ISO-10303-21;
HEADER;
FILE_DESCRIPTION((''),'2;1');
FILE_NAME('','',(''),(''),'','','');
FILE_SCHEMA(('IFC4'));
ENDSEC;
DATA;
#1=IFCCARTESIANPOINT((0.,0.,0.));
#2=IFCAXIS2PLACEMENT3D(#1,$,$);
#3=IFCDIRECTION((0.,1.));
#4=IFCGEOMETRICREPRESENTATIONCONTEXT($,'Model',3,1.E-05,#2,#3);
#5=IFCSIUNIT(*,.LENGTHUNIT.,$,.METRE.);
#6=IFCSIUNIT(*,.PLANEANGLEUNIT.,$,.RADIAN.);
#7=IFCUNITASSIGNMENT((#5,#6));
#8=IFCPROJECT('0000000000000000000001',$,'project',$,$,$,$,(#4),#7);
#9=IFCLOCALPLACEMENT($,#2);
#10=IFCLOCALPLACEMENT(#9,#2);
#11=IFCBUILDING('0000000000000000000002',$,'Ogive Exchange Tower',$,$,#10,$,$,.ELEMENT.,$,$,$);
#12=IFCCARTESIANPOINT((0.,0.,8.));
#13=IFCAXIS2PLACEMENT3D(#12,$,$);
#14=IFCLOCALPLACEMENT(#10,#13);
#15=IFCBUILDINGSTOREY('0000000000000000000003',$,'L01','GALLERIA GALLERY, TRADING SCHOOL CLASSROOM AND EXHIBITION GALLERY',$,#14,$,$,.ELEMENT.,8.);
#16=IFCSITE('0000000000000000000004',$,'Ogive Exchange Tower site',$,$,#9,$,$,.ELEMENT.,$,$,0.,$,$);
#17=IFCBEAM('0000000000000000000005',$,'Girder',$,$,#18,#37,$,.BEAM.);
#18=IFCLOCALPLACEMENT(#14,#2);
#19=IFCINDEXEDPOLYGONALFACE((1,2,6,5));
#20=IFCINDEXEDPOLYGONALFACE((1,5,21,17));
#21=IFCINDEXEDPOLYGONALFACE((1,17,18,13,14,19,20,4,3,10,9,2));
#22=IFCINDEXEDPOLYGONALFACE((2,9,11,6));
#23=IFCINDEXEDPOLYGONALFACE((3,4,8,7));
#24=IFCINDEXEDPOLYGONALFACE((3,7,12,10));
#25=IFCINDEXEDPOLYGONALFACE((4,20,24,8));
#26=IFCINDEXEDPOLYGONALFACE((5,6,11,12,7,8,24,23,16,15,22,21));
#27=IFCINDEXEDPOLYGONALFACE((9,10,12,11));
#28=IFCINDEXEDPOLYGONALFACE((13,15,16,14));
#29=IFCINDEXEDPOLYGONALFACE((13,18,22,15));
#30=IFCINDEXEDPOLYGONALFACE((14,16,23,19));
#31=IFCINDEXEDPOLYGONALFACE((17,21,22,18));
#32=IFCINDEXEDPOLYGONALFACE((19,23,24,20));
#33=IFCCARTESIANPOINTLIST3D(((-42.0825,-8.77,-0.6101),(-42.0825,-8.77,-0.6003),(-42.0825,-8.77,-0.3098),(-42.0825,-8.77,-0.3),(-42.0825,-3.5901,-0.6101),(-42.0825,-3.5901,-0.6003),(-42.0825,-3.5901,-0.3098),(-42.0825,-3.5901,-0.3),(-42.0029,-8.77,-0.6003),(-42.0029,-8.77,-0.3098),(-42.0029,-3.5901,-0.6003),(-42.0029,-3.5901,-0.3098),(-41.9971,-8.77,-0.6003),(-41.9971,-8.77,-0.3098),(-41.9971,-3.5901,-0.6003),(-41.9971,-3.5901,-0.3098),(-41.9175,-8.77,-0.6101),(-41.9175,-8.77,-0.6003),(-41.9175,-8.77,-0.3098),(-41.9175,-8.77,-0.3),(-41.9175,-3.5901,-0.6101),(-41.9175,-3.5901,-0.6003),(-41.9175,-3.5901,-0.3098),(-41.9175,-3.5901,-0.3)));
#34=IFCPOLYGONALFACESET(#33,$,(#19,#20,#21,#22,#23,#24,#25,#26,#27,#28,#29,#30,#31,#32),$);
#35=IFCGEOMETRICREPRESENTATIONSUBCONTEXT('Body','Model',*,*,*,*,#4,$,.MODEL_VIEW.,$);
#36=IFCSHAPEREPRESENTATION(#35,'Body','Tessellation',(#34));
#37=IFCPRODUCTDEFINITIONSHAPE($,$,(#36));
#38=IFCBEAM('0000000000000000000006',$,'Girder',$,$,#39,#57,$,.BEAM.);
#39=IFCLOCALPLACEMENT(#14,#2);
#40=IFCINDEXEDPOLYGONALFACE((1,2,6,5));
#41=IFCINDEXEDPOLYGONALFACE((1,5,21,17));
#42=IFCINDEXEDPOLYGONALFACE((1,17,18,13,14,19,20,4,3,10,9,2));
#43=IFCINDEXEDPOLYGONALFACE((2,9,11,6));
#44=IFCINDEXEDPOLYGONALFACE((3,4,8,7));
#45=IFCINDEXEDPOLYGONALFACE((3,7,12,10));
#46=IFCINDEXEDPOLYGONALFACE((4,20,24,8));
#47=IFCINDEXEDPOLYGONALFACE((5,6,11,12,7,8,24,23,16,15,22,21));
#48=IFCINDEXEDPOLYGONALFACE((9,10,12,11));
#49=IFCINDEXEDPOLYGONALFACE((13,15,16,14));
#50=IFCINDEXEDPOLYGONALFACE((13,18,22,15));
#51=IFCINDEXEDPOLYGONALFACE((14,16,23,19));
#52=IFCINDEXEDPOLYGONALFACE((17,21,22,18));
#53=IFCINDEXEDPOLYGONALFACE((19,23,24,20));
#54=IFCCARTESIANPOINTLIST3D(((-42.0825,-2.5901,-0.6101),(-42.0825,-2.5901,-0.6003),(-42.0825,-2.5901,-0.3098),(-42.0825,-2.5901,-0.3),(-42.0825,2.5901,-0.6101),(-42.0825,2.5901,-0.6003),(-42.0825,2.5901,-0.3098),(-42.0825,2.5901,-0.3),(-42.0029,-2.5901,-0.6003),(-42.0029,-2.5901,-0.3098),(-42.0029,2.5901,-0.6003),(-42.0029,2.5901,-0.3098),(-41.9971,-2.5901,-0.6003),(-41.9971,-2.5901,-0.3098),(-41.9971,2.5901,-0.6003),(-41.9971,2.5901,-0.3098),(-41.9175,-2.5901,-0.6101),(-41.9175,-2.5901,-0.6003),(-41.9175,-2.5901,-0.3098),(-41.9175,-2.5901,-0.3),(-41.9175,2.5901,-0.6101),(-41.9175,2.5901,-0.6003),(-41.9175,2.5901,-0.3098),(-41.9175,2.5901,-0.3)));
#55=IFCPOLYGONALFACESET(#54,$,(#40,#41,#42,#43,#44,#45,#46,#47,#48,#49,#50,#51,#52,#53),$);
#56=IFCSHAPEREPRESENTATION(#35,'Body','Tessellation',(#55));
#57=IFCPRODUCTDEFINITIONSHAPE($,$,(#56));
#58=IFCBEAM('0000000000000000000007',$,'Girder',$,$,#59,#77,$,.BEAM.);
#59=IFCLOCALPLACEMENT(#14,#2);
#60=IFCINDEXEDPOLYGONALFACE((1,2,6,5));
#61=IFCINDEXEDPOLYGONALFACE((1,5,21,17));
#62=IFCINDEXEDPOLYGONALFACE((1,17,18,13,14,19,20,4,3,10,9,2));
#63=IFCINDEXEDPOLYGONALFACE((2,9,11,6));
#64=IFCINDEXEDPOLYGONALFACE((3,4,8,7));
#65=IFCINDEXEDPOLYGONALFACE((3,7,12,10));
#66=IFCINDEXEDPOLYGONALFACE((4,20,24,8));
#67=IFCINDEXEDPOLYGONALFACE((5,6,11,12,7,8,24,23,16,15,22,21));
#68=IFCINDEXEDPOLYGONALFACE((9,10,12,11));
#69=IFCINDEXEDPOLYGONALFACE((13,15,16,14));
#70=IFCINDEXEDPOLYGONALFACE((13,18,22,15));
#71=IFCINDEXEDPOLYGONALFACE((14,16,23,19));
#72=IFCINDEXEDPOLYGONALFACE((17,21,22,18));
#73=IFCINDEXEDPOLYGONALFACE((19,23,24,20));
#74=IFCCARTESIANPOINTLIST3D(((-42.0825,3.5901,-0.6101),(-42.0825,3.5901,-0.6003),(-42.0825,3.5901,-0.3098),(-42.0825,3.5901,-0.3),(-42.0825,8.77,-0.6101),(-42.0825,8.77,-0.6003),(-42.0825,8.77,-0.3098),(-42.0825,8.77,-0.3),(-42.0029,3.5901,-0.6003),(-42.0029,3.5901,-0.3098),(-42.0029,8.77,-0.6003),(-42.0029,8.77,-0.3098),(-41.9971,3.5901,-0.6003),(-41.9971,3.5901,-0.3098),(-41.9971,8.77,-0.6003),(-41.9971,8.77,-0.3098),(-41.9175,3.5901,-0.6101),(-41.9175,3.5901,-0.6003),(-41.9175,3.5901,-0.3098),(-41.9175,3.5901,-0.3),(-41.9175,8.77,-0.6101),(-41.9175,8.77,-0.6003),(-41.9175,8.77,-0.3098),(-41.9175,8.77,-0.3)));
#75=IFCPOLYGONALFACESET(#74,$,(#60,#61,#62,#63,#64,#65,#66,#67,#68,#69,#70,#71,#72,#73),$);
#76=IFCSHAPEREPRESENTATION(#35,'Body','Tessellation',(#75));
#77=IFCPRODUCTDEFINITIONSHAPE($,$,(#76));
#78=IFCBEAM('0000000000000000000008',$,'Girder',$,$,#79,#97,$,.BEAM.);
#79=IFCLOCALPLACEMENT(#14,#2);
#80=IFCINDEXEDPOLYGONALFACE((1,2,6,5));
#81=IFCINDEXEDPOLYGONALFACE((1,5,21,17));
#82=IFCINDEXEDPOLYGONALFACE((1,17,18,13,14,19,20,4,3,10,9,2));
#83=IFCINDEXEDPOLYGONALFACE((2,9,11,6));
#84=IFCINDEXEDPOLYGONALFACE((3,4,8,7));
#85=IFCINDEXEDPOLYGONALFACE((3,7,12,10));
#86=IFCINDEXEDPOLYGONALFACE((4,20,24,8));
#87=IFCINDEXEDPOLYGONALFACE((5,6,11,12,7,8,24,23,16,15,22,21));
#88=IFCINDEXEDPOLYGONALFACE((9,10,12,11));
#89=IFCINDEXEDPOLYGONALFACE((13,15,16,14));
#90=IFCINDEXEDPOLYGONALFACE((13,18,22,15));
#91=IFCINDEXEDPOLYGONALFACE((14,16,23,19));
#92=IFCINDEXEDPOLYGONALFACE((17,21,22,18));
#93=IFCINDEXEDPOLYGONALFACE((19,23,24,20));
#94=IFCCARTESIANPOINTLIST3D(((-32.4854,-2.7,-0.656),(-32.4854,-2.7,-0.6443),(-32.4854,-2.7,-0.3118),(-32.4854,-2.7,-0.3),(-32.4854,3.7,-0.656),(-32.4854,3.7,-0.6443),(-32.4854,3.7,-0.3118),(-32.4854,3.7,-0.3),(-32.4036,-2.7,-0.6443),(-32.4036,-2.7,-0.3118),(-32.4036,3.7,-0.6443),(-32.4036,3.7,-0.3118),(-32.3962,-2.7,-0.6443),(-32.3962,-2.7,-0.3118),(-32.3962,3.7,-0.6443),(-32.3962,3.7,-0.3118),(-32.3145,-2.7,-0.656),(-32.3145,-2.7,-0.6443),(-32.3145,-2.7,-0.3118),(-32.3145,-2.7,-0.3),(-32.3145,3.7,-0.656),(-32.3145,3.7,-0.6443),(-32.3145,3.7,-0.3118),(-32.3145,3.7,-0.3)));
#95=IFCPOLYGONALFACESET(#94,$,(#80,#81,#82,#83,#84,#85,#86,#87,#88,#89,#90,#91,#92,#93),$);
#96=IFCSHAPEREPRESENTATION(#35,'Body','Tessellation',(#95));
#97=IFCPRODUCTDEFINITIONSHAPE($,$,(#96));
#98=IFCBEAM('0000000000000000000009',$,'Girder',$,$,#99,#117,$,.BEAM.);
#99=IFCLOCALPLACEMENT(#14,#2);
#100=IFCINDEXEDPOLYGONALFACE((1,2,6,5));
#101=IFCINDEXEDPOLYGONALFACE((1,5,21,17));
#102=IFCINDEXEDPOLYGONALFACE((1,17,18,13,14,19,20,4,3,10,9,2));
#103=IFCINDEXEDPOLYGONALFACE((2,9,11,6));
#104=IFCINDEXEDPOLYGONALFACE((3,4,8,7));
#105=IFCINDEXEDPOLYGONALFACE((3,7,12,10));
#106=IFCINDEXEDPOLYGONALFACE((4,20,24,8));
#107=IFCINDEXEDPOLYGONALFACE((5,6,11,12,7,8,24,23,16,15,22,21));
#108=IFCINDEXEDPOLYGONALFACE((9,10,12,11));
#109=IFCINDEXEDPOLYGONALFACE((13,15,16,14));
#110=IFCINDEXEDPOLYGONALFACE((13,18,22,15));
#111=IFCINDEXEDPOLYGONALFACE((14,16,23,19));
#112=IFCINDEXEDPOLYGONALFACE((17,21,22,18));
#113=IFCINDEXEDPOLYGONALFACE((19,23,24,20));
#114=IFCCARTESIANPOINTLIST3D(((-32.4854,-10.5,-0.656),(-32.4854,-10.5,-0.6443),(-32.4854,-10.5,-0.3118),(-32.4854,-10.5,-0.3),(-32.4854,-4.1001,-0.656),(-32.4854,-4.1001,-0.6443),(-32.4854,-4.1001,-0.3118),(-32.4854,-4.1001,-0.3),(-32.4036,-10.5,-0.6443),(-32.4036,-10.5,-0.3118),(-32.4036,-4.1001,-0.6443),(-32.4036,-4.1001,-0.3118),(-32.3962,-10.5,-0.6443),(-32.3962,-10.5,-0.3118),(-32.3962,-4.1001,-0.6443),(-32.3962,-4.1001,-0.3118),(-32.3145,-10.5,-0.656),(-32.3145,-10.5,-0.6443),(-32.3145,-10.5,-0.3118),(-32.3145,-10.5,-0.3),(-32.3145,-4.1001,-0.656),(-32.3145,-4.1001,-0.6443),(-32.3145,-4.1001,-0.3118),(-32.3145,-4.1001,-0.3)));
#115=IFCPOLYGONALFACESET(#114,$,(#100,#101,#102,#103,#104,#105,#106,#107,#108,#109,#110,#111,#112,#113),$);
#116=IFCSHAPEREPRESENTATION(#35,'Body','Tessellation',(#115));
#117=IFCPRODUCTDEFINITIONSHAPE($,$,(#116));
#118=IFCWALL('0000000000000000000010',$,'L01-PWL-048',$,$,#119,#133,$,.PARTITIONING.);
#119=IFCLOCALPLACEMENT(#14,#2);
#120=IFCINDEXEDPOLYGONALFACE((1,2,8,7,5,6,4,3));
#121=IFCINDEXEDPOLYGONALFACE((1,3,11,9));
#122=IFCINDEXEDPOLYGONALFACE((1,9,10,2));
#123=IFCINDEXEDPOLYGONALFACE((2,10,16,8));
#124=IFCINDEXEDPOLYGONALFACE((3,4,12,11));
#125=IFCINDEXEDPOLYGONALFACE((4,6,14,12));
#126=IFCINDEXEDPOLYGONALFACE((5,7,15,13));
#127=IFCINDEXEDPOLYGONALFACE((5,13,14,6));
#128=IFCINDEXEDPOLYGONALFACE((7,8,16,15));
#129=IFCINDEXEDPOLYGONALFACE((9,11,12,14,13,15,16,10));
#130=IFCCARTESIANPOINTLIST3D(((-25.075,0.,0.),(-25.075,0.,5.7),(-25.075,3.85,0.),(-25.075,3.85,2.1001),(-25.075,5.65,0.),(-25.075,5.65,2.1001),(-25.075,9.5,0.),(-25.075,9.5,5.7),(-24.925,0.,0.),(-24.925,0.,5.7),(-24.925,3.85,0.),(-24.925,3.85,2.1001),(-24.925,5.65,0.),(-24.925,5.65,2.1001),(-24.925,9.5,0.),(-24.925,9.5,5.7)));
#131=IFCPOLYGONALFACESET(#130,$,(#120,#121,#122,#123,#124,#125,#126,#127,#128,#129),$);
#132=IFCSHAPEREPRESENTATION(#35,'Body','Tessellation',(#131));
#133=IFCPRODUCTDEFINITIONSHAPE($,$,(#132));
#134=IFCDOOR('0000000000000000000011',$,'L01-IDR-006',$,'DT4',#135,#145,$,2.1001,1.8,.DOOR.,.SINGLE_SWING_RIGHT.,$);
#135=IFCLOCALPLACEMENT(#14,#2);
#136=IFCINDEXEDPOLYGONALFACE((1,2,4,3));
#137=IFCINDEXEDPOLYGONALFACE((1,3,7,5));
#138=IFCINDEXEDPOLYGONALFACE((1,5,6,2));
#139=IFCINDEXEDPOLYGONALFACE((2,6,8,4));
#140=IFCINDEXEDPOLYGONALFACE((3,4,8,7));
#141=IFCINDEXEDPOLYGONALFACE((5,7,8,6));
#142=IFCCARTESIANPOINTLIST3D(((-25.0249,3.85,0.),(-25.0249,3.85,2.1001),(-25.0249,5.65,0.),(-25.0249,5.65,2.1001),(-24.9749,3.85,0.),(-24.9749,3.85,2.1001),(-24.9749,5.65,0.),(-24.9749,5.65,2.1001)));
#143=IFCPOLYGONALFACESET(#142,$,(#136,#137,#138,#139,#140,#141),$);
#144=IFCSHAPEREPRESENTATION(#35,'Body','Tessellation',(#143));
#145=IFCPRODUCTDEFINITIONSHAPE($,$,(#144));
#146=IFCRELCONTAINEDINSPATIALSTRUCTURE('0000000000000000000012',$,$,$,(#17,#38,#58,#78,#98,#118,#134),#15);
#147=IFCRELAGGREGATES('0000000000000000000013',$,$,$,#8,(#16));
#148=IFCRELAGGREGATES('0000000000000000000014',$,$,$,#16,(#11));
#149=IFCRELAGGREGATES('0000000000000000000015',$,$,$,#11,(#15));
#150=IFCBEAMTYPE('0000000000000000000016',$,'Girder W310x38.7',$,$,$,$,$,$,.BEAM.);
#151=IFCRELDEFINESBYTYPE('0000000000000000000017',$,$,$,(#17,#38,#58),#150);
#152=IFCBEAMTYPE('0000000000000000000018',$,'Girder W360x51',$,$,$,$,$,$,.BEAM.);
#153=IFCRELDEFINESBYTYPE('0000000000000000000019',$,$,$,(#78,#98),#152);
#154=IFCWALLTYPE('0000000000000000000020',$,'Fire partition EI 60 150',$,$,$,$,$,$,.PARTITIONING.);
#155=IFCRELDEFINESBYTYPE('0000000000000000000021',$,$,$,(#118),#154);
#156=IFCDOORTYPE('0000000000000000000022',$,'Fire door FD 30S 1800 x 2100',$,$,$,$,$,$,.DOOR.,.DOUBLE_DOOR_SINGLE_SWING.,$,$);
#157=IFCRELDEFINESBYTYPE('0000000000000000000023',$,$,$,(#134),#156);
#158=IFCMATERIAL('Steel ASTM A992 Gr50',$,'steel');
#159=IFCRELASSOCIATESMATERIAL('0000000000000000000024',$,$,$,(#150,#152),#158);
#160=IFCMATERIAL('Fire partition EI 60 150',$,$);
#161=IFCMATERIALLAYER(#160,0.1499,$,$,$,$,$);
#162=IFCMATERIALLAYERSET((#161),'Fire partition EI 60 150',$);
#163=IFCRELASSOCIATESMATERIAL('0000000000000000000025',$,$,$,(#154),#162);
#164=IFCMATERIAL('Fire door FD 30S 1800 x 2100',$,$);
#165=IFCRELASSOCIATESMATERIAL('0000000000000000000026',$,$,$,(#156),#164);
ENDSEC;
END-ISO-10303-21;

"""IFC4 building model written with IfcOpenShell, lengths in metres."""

from ifc_helpers import new_model, si_unit, direction, frame, frame_2d, origin, origin_2d, place, context, subcontext, project, spatial, rectangle, i_section, extrude, material, layer, layer_set, material_profile, profile_set, type_object, element, fill, save


model = new_model("IFC4")

# Units and contexts
model_context = context("Model", 3, precision=1e-05, world=origin(), true_north=direction((0.0, 1.0)))
body_context = subcontext(model_context, "Body", "Model", "MODEL_VIEW")
ifc_project = project(units=[si_unit("LENGTHUNIT", "METRE"), si_unit("PLANEANGLEUNIT", "RADIAN")], contexts=[model_context])

# Site, building, storey
site_placement = place(None, origin())
site = spatial("IfcSite", under=ifc_project, at=site_placement, Name="Ogive Exchange Tower site", CompositionType="ELEMENT", RefElevation=0.0)
building_placement = place(site_placement, origin())
building = spatial("IfcBuilding", under=site, at=building_placement, Name="Ogive Exchange Tower", CompositionType="ELEMENT")
storey_placement = place(building_placement, frame((0.0, 0.0, 8.0)))
storey = spatial("IfcBuildingStorey", under=building, at=storey_placement, Name="L01", Description="GALLERIA GALLERY, TRADING SCHOOL CLASSROOM AND EXHIBITION GALLERY", CompositionType="ELEMENT", Elevation=8.0)

# Beams
ifc_material_1 = material(Name="Steel ASTM A992 Gr50", Category="steel")
ifc_material_profile_1 = material_profile(ifc_material_1, i_section(OverallWidth=0.165, OverallDepth=0.3101, WebThickness=0.0059, FlangeThickness=0.0098, at=origin_2d()), Name="W310x38.7")
ifc_profile_set_1 = profile_set([ifc_material_profile_1], Name="Steel ASTM A992 Gr50")
beam_type_1 = type_object("IfcBeamType", Name="Girder W310x38.7", PredefinedType="BEAM", material=ifc_profile_set_1)
beam_1_placement = place(storey_placement, frame((-42.0, -8.77, -0.4551), z_axis=(0.0, 1.0, 0.0), x_axis=(-1.0, 0.0, 0.0)))
element("IfcBeam", 1, at=beam_1_placement, inside=storey, type_object=beam_type_1, Name="Girder", PredefinedType="BEAM", context=body_context, shape_type="SweptSolid", body=[
    extrude(i_section(OverallWidth=0.165, OverallDepth=0.3101, WebThickness=0.0059, FlangeThickness=0.0098, at=origin_2d()), origin(), (0.0, 0.0, 1.0), 5.1799),
])
beam_2_placement = place(storey_placement, frame((-42.0, -2.5901, -0.4551), z_axis=(0.0, 1.0, 0.0), x_axis=(-1.0, 0.0, 0.0)))
element("IfcBeam", 2, at=beam_2_placement, inside=storey, type_object=beam_type_1, Name="Girder", PredefinedType="BEAM", context=body_context, shape_type="SweptSolid", body=[
    extrude(i_section(OverallWidth=0.165, OverallDepth=0.3101, WebThickness=0.0059, FlangeThickness=0.0098, at=origin_2d()), origin(), (0.0, 0.0, 1.0), 5.1802),
])
beam_3_placement = place(storey_placement, frame((-42.0, 3.5901, -0.4551), z_axis=(0.0, 1.0, 0.0), x_axis=(-1.0, 0.0, 0.0)))
element("IfcBeam", 3, at=beam_3_placement, inside=storey, type_object=beam_type_1, Name="Girder", PredefinedType="BEAM", context=body_context, shape_type="SweptSolid", body=[
    extrude(i_section(OverallWidth=0.165, OverallDepth=0.3101, WebThickness=0.0059, FlangeThickness=0.0098, at=origin_2d()), origin(), (0.0, 0.0, 1.0), 5.1799),
])
ifc_material_profile_2 = material_profile(ifc_material_1, i_section(OverallWidth=0.1709, OverallDepth=0.356, WebThickness=0.0073, FlangeThickness=0.0117, at=origin_2d()), Name="W360x51")
ifc_profile_set_2 = profile_set([ifc_material_profile_2], Name="Steel ASTM A992 Gr50")
beam_type_2 = type_object("IfcBeamType", Name="Girder W360x51", PredefinedType="BEAM", material=ifc_profile_set_2)
for number, where, z_axis, x_axis, name in (
    (4, (-32.3999, 3.7, -0.478), (0.0, -1.0, 0.0), (1.0, 0.0, 0.0), "Girder"),
    (5, (-32.3999, -4.1001, -0.478), (0.0, -1.0, 0.0), (1.0, 0.0, 0.0), "Girder"),
):
    element("IfcBeam", number, at=place(storey_placement, frame(where, z_axis=z_axis, x_axis=x_axis)), inside=storey, type_object=beam_type_2, Name=name, PredefinedType="BEAM", context=body_context, shape_type="SweptSolid", body=[
        extrude(i_section(OverallWidth=0.1709, OverallDepth=0.356, WebThickness=0.0073, FlangeThickness=0.0117, at=origin_2d()), origin(), (0.0, 0.0, 1.0), 6.3999),
    ])

# Wall, opening, door
ifc_material_2 = material(Name="Fire partition EI 60 150")
ifc_layer_1 = layer(ifc_material_2, 0.1499)
ifc_layer_set_1 = layer_set([ifc_layer_1], Name="Fire partition EI 60 150")
wall_type_1 = type_object("IfcWallType", Name="Fire partition EI 60 150", PredefinedType="PARTITIONING", material=ifc_layer_set_1)
wall_1_placement = place(storey_placement, frame((-25.0, 0.0, 0.0), z_axis=(0.0, 0.0, 1.0), x_axis=(0.0, 1.0, 0.0)))
wall_1 = element("IfcWall", 6, at=wall_1_placement, inside=storey, type_object=wall_type_1, Name="L01-PWL-048", PredefinedType="PARTITIONING", context=body_context, shape_type="SweptSolid", body=[
    extrude(rectangle(XDim=9.5, YDim=0.1499, at=frame_2d((4.75, 0.0))), origin(), (0.0, 0.0, 1.0), 5.7),
])
opening_1_placement = place(wall_1_placement, frame((3.8501, 0.0, 0.0)))
opening_1 = element("IfcOpeningElement", 7, at=opening_1_placement, cuts=wall_1, PredefinedType="OPENING", context=body_context, shape_type="SweptSolid", body=[
    extrude(rectangle(XDim=1.8, YDim=2.1001, at=frame_2d((0.8999, 1.05))), frame((0.0, 0.085, 0.0), z_axis=(0.0, -1.0, 0.0), x_axis=(1.0, 0.0, 0.0)), (0.0, 0.0, 1.0), 0.1699),
])
ifc_material_3 = material(Name="Fire door FD 30S 1800 x 2100")
door_type = type_object("IfcDoorType", Name="Fire door FD 30S 1800 x 2100", OperationType="DOUBLE_DOOR_SINGLE_SWING", PredefinedType="DOOR", material=ifc_material_3)
door_placement = place(opening_1_placement, origin())
door = element("IfcDoor", 8, at=door_placement, inside=storey, type_object=door_type, Name="L01-IDR-006", ObjectType="DT4", OperationType="SINGLE_SWING_RIGHT", OverallHeight=2.1001, OverallWidth=1.8, PredefinedType="DOOR", context=body_context, shape_type="SweptSolid", body=[
    extrude(rectangle(XDim=1.8, YDim=2.1001, at=frame_2d((0.8999, 1.05))), frame((0.0, 0.0249, 0.0), z_axis=(0.0, -1.0, 0.0), x_axis=(1.0, 0.0, 0.0)), (0.0, 0.0, 1.0), 0.05),
])
fill(opening_1, door)

save(model, "model.ifc")
